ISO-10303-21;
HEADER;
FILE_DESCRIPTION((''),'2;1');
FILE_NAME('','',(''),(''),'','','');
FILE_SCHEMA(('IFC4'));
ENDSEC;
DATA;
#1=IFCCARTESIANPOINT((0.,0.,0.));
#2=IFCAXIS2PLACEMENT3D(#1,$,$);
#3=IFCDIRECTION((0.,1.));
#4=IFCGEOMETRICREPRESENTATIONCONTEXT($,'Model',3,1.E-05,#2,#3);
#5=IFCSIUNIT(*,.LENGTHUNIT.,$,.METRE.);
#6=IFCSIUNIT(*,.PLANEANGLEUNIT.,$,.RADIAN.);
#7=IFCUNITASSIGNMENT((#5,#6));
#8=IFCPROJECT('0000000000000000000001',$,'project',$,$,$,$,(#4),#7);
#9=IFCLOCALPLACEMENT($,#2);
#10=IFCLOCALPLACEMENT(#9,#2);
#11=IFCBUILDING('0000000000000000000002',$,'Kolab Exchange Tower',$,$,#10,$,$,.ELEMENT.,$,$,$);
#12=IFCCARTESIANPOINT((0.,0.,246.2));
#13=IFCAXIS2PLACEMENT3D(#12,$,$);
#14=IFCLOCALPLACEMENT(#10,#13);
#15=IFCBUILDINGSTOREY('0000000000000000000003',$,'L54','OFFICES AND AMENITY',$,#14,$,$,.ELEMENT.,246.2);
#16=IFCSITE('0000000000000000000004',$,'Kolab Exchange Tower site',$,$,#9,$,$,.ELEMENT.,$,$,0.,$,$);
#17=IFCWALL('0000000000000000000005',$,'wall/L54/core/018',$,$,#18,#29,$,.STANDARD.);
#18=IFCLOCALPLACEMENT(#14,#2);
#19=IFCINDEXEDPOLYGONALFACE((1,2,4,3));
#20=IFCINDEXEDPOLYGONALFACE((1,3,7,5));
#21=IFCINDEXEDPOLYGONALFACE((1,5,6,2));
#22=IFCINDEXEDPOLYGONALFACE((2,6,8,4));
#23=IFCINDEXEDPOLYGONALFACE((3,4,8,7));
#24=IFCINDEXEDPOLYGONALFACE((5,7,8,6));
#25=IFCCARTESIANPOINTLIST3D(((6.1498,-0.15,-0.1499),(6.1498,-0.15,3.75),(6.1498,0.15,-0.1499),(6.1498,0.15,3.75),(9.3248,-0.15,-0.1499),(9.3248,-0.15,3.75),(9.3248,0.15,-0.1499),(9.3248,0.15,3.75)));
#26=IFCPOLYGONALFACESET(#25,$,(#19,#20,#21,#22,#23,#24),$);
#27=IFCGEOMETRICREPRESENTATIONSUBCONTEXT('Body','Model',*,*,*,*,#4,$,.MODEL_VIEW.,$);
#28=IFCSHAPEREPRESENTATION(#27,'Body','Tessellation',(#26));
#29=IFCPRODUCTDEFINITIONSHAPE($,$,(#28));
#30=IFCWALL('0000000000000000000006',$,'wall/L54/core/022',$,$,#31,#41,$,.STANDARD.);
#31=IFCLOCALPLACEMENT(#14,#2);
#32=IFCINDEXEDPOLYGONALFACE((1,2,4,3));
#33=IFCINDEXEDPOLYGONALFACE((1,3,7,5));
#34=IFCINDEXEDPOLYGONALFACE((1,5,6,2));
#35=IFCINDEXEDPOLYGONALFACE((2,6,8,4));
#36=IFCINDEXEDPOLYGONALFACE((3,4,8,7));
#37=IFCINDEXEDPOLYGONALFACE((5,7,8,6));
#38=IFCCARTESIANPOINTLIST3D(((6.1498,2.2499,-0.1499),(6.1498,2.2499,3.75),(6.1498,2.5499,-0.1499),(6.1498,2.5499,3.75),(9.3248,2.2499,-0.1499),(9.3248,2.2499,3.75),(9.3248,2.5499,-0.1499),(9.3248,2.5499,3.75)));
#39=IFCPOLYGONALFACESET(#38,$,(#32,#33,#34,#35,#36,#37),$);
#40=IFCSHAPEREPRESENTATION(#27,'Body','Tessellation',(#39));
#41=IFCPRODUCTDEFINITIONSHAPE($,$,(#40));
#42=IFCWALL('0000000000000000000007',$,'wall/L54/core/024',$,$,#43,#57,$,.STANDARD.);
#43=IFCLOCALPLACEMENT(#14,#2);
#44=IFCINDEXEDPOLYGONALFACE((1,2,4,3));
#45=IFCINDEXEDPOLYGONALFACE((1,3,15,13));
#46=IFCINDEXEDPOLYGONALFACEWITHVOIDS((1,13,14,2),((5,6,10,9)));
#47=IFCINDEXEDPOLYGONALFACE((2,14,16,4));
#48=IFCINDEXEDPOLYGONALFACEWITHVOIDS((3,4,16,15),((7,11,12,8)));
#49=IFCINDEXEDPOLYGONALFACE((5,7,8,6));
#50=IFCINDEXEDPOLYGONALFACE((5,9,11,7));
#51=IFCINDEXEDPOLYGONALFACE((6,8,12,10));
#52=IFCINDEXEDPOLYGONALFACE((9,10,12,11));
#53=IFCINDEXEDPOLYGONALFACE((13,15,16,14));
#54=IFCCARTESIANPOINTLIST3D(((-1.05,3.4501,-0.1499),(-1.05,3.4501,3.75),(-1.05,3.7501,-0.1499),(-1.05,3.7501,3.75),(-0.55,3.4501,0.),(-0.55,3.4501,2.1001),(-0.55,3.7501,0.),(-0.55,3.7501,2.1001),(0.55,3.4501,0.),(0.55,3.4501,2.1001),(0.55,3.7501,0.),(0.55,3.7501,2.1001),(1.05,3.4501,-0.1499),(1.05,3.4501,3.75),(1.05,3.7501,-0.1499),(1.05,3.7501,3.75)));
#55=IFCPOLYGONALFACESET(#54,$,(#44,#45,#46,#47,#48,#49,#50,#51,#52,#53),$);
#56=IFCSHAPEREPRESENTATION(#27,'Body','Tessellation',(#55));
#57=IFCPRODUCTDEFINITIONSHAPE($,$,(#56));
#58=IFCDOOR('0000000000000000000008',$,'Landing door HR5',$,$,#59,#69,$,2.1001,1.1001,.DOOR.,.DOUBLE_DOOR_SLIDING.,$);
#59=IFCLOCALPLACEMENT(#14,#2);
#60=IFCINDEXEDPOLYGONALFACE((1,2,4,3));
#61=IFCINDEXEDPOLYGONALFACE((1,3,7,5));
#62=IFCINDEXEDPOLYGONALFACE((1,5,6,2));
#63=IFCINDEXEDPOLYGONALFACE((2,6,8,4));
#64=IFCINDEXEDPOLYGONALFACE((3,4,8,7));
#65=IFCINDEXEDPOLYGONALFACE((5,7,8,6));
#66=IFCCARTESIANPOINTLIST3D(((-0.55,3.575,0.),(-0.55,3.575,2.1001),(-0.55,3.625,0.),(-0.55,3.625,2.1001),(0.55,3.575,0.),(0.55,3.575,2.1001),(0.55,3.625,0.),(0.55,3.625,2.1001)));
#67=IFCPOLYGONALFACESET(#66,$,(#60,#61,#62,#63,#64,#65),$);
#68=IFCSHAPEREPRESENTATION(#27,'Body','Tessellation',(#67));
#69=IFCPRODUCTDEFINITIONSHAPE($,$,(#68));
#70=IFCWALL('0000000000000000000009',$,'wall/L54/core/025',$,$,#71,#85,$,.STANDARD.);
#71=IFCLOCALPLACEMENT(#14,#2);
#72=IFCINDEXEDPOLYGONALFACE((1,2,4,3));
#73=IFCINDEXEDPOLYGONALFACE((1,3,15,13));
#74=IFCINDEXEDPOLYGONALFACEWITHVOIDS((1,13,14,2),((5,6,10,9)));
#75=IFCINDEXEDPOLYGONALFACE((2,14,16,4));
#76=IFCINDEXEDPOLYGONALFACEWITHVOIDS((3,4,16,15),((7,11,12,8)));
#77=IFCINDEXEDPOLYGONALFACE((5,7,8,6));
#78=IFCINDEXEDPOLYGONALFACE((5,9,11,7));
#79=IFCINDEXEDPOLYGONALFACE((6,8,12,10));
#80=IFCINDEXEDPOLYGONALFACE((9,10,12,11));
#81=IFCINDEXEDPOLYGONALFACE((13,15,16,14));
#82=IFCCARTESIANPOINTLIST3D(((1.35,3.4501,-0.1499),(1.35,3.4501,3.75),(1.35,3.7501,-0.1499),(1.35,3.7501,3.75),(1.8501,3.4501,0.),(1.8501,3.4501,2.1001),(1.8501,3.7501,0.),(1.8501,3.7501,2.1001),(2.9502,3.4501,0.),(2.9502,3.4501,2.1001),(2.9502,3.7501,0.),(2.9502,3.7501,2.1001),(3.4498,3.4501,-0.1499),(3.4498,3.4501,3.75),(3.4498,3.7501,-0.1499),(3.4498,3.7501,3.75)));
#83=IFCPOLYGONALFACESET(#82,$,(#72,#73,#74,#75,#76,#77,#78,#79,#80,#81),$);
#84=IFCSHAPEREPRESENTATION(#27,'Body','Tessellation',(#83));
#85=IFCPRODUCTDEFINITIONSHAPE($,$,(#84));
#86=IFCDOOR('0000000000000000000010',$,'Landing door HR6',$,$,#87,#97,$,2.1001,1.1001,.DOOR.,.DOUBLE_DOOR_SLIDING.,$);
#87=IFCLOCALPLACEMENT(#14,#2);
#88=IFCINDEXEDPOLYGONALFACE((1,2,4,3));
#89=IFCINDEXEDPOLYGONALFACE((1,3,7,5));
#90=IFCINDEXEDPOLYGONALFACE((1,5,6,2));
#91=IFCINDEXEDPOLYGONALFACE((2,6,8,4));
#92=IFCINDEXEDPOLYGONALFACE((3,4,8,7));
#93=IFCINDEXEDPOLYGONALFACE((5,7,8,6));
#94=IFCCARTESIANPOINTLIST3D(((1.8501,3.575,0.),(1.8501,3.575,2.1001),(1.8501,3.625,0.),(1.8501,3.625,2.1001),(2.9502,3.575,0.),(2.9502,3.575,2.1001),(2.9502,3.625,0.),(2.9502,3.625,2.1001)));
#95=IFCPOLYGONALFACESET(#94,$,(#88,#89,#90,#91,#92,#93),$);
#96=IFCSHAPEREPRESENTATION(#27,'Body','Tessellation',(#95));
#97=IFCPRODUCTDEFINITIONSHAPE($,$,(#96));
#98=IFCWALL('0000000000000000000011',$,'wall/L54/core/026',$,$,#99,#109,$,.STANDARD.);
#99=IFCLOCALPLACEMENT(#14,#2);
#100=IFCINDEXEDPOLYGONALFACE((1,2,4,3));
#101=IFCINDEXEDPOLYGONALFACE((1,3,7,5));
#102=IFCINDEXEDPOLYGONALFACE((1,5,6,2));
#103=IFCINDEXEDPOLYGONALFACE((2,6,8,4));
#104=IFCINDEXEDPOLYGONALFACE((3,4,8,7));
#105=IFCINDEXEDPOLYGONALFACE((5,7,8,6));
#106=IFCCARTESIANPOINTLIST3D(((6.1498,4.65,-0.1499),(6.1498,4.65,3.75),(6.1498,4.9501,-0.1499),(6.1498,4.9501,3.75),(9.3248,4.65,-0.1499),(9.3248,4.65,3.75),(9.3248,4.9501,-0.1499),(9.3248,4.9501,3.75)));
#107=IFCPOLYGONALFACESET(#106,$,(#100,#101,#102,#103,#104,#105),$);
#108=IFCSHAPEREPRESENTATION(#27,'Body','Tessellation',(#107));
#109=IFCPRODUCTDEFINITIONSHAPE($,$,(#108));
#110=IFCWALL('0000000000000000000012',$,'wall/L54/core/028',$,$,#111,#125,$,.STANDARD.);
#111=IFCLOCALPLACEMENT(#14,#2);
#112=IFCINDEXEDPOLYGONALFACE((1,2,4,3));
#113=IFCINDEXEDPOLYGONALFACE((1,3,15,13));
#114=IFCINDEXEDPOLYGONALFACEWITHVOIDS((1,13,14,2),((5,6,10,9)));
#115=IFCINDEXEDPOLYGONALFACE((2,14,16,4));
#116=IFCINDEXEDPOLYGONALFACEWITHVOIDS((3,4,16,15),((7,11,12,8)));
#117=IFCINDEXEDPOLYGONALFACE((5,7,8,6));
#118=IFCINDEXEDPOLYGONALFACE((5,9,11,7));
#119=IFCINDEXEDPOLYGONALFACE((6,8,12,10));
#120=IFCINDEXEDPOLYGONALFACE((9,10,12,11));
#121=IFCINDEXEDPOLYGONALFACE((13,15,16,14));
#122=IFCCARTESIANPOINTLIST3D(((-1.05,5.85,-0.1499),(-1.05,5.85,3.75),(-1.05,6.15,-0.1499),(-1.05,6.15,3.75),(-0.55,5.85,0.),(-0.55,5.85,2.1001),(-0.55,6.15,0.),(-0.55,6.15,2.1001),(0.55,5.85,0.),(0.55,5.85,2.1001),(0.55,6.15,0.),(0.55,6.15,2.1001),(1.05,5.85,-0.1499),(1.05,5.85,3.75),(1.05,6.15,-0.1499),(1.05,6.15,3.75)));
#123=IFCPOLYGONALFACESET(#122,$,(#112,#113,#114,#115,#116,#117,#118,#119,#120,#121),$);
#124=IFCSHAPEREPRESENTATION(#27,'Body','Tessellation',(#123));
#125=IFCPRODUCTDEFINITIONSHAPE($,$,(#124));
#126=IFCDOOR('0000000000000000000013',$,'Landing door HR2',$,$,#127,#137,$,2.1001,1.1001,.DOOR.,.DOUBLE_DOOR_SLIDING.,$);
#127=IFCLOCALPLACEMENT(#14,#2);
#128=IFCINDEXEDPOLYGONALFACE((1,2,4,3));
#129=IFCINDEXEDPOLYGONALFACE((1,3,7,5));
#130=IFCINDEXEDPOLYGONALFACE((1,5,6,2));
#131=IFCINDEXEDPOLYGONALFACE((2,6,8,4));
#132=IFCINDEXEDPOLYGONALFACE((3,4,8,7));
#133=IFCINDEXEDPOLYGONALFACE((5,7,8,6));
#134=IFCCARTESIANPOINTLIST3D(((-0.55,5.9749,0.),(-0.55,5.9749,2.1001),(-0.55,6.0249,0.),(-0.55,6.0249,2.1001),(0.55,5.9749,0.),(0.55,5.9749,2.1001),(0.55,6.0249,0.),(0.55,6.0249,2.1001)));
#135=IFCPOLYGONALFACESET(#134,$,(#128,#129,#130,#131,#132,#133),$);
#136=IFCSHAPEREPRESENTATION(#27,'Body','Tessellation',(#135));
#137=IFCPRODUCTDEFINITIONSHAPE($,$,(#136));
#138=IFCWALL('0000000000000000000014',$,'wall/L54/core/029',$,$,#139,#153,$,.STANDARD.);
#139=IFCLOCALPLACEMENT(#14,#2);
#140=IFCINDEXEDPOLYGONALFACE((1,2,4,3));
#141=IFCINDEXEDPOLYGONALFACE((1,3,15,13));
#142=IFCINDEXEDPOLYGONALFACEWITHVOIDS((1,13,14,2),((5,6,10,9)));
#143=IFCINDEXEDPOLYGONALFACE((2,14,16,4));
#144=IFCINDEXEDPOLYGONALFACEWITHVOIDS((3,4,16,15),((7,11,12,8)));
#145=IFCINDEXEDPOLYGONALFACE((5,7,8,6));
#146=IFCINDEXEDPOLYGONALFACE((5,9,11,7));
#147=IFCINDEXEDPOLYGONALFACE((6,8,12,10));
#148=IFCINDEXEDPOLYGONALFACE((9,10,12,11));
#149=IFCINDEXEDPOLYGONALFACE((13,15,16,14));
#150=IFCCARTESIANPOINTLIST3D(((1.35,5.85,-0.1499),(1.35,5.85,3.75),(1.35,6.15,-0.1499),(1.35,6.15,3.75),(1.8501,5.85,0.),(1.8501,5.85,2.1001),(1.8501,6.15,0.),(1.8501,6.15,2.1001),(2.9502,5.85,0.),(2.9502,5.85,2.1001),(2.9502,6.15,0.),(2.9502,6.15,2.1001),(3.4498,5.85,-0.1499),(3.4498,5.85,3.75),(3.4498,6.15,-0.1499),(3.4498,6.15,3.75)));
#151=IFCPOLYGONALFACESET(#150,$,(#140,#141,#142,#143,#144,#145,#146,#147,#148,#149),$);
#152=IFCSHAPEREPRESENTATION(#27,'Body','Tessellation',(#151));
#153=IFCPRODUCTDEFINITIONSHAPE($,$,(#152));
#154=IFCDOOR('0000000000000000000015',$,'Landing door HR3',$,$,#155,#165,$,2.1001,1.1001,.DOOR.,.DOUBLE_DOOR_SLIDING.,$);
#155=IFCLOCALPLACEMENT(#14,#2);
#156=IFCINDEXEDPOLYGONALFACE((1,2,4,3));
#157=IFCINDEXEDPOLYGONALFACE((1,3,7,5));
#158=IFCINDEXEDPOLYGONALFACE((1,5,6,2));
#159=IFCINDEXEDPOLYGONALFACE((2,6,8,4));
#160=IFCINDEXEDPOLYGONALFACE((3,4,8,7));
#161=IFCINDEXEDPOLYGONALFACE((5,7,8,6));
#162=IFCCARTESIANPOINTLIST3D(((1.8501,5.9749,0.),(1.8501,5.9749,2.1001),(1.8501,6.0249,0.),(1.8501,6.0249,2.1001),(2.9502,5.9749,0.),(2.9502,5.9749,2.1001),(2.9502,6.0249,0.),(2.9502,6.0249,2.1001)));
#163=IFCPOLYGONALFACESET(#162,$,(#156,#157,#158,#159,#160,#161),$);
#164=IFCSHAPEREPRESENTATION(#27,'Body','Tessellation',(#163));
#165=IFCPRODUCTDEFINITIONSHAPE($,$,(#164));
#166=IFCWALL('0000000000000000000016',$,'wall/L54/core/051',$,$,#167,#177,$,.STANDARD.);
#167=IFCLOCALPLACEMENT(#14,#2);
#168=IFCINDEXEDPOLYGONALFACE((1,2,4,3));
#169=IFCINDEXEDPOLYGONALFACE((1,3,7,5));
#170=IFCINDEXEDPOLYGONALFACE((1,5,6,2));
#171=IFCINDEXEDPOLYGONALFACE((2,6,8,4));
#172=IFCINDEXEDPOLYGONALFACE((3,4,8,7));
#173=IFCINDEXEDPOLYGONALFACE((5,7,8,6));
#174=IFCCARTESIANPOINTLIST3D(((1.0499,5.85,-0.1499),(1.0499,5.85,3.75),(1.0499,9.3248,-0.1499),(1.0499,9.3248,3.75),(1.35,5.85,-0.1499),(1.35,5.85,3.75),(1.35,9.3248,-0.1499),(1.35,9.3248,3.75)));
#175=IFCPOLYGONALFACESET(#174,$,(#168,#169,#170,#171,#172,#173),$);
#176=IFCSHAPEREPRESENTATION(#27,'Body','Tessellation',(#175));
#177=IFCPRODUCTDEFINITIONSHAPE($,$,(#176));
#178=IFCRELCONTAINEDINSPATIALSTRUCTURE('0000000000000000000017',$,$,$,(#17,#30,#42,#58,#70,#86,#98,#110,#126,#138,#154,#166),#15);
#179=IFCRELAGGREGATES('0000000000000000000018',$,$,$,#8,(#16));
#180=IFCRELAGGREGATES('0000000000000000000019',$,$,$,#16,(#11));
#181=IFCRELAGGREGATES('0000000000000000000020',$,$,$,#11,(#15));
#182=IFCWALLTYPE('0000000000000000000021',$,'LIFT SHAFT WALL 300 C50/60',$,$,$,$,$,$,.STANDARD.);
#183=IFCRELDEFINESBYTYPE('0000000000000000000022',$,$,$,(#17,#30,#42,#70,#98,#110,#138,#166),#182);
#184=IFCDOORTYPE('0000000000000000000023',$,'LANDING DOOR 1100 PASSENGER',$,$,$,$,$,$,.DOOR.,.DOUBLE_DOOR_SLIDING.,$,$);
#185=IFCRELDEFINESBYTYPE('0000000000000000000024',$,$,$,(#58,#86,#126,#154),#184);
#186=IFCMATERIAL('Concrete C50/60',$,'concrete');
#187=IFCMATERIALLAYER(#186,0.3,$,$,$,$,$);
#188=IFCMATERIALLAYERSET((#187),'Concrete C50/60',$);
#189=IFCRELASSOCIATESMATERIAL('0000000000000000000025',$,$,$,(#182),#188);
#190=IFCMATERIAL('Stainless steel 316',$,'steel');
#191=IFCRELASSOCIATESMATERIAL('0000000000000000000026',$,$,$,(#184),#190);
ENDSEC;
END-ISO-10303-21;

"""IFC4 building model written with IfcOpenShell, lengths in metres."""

from ifc_helpers import new_model, si_unit, direction, frame, frame_2d, origin, place, context, subcontext, project, spatial, rectangle, extrude, material, layer, layer_set, type_object, element, fill, save


model = new_model("IFC4")

# Units and contexts
model_context = context("Model", 3, precision=1e-05, world=origin(), true_north=direction((0.0, 1.0)))
body_context = subcontext(model_context, "Body", "Model", "MODEL_VIEW")
ifc_project = project(units=[si_unit("LENGTHUNIT", "METRE"), si_unit("PLANEANGLEUNIT", "RADIAN")], contexts=[model_context])

# Site, building, storey
site_placement = place(None, origin())
site = spatial("IfcSite", under=ifc_project, at=site_placement, Name="Kolab Exchange Tower site", CompositionType="ELEMENT", RefElevation=0.0)
building_placement = place(site_placement, origin())
building = spatial("IfcBuilding", under=site, at=building_placement, Name="Kolab Exchange Tower", CompositionType="ELEMENT")
storey_placement = place(building_placement, frame((0.0, 0.0, 246.2)))
storey = spatial("IfcBuildingStorey", under=building, at=storey_placement, Name="L54", Description="OFFICES AND AMENITY", CompositionType="ELEMENT", Elevation=246.2)

# Shared definitions
ifc_material_1 = material(Name="Concrete C50/60", Category="concrete")

# Walls
ifc_layer_1 = layer(ifc_material_1, 0.3)
ifc_layer_set_1 = layer_set([ifc_layer_1], Name="Concrete C50/60")
wall_type = type_object("IfcWallType", Name="LIFT SHAFT WALL 300 C50/60", PredefinedType="STANDARD", material=ifc_layer_set_1)
for number, where, z_axis, x_axis, name in (
    (1, (6.1499, 0.0, -0.1499), (0.0, 0.0, 1.0), (1.0, 0.0, 0.0), "wall/L54/core/018"),
    (2, (6.1499, 2.3999, -0.1499), (0.0, 0.0, 1.0), (1.0, 0.0, 0.0), "wall/L54/core/022"),
):
    element("IfcWall", number, at=place(storey_placement, frame(where, z_axis=z_axis, x_axis=x_axis)), inside=storey, type_object=wall_type, Name=name, PredefinedType="STANDARD", context=body_context, shape_type="SweptSolid", body=[
        extrude(rectangle(XDim=3.175, YDim=0.3, at=frame_2d((1.5874, 0.0))), origin(), (0.0, 0.0, 1.0), 3.8999),
    ])

# Walls, openings, doors
wall_1_placement = place(storey_placement, frame((-1.05, 3.6001, -0.1499), z_axis=(0.0, 0.0, 1.0), x_axis=(1.0, 0.0, 0.0)))
wall_1 = element("IfcWall", 3, at=wall_1_placement, inside=storey, type_object=wall_type, Name="wall/L54/core/024", PredefinedType="STANDARD", context=body_context, shape_type="SweptSolid", body=[
    extrude(rectangle(XDim=2.1001, YDim=0.3, at=frame_2d((1.05, 0.0))), origin(), (0.0, 0.0, 1.0), 3.8999),
])
opening_1_placement = place(wall_1_placement, frame((0.5, 0.0, 0.1499)))
opening_1 = element("IfcOpeningElement", 4, at=opening_1_placement, cuts=wall_1, PredefinedType="OPENING", context=body_context, shape_type="SweptSolid", body=[
    extrude(rectangle(XDim=1.1001, YDim=2.1001, at=frame_2d((0.55, 1.05))), frame((0.0, 0.1602, 0.0), z_axis=(0.0, -1.0, 0.0), x_axis=(1.0, 0.0, 0.0)), (0.0, 0.0, 1.0), 0.3201),
])
ifc_material_2 = material(Name="Stainless steel 316", Category="steel")
door_type = type_object("IfcDoorType", Name="LANDING DOOR 1100 PASSENGER", OperationType="DOUBLE_DOOR_SLIDING", PredefinedType="DOOR", material=ifc_material_2)
door_1_placement = place(opening_1_placement, origin())
door_1 = element("IfcDoor", 5, at=door_1_placement, inside=storey, type_object=door_type, Name="Landing door HR5", OperationType="DOUBLE_DOOR_SLIDING", OverallHeight=2.1001, OverallWidth=1.1001, PredefinedType="DOOR", context=body_context, shape_type="SweptSolid", body=[
    extrude(rectangle(XDim=1.1001, YDim=2.1001, at=frame_2d((0.55, 1.05))), frame((0.0, 0.0249, 0.0), z_axis=(0.0, -1.0, 0.0), x_axis=(1.0, 0.0, 0.0)), (0.0, 0.0, 1.0), 0.05),
])
fill(opening_1, door_1)
wall_2_placement = place(storey_placement, frame((1.3501, 3.6001, -0.1499), z_axis=(0.0, 0.0, 1.0), x_axis=(1.0, 0.0, 0.0)))
wall_2 = element("IfcWall", 6, at=wall_2_placement, inside=storey, type_object=wall_type, Name="wall/L54/core/025", PredefinedType="STANDARD", context=body_context, shape_type="SweptSolid", body=[
    extrude(rectangle(XDim=2.0999, YDim=0.3, at=frame_2d((1.0498, 0.0))), origin(), (0.0, 0.0, 1.0), 3.8999),
])
opening_2_placement = place(wall_2_placement, frame((0.5, 0.0, 0.1499)))
opening_2 = element("IfcOpeningElement", 7, at=opening_2_placement, cuts=wall_2, PredefinedType="OPENING", context=body_context, shape_type="SweptSolid", body=[
    extrude(rectangle(XDim=1.1001, YDim=2.1001, at=frame_2d((0.55, 1.05))), frame((0.0, 0.1602, 0.0), z_axis=(0.0, -1.0, 0.0), x_axis=(1.0, 0.0, 0.0)), (0.0, 0.0, 1.0), 0.3201),
])
door_2_placement = place(opening_2_placement, origin())
door_2 = element("IfcDoor", 8, at=door_2_placement, inside=storey, type_object=door_type, Name="Landing door HR6", OperationType="DOUBLE_DOOR_SLIDING", OverallHeight=2.1001, OverallWidth=1.1001, PredefinedType="DOOR", context=body_context, shape_type="SweptSolid", body=[
    extrude(rectangle(XDim=1.1001, YDim=2.1001, at=frame_2d((0.55, 1.05))), frame((0.0, 0.0249, 0.0), z_axis=(0.0, -1.0, 0.0), x_axis=(1.0, 0.0, 0.0)), (0.0, 0.0, 1.0), 0.05),
])
fill(opening_2, door_2)

# Wall
wall_3_placement = place(storey_placement, frame((6.1499, 4.8, -0.1499), z_axis=(0.0, 0.0, 1.0), x_axis=(1.0, 0.0, 0.0)))
element("IfcWall", 9, at=wall_3_placement, inside=storey, type_object=wall_type, Name="wall/L54/core/026", PredefinedType="STANDARD", context=body_context, shape_type="SweptSolid", body=[
    extrude(rectangle(XDim=3.175, YDim=0.3, at=frame_2d((1.5874, 0.0))), origin(), (0.0, 0.0, 1.0), 3.8999),
])

# Walls, openings, doors
wall_4_placement = place(storey_placement, frame((-1.05, 6.0, -0.1499), z_axis=(0.0, 0.0, 1.0), x_axis=(1.0, 0.0, 0.0)))
wall_4 = element("IfcWall", 10, at=wall_4_placement, inside=storey, type_object=wall_type, Name="wall/L54/core/028", PredefinedType="STANDARD", context=body_context, shape_type="SweptSolid", body=[
    extrude(rectangle(XDim=2.1001, YDim=0.3, at=frame_2d((1.05, 0.0))), origin(), (0.0, 0.0, 1.0), 3.8999),
])
opening_3_placement = place(wall_4_placement, frame((0.5, 0.0, 0.1499)))
opening_3 = element("IfcOpeningElement", 11, at=opening_3_placement, cuts=wall_4, PredefinedType="OPENING", context=body_context, shape_type="SweptSolid", body=[
    extrude(rectangle(XDim=1.1001, YDim=2.1001, at=frame_2d((0.55, 1.05))), frame((0.0, 0.1602, 0.0), z_axis=(0.0, -1.0, 0.0), x_axis=(1.0, 0.0, 0.0)), (0.0, 0.0, 1.0), 0.3201),
])
door_3_placement = place(opening_3_placement, origin())
door_3 = element("IfcDoor", 12, at=door_3_placement, inside=storey, type_object=door_type, Name="Landing door HR2", OperationType="DOUBLE_DOOR_SLIDING", OverallHeight=2.1001, OverallWidth=1.1001, PredefinedType="DOOR", context=body_context, shape_type="SweptSolid", body=[
    extrude(rectangle(XDim=1.1001, YDim=2.1001, at=frame_2d((0.55, 1.05))), frame((0.0, 0.0249, 0.0), z_axis=(0.0, -1.0, 0.0), x_axis=(1.0, 0.0, 0.0)), (0.0, 0.0, 1.0), 0.05),
])
fill(opening_3, door_3)
wall_5_placement = place(storey_placement, frame((1.3501, 6.0, -0.1499), z_axis=(0.0, 0.0, 1.0), x_axis=(1.0, 0.0, 0.0)))
wall_5 = element("IfcWall", 13, at=wall_5_placement, inside=storey, type_object=wall_type, Name="wall/L54/core/029", PredefinedType="STANDARD", context=body_context, shape_type="SweptSolid", body=[
    extrude(rectangle(XDim=2.0999, YDim=0.3, at=frame_2d((1.0498, 0.0))), origin(), (0.0, 0.0, 1.0), 3.8999),
])
opening_4_placement = place(wall_5_placement, frame((0.5, 0.0, 0.1499)))
opening_4 = element("IfcOpeningElement", 14, at=opening_4_placement, cuts=wall_5, PredefinedType="OPENING", context=body_context, shape_type="SweptSolid", body=[
    extrude(rectangle(XDim=1.1001, YDim=2.1001, at=frame_2d((0.55, 1.05))), frame((0.0, 0.1602, 0.0), z_axis=(0.0, -1.0, 0.0), x_axis=(1.0, 0.0, 0.0)), (0.0, 0.0, 1.0), 0.3201),
])
door_4_placement = place(opening_4_placement, origin())
door_4 = element("IfcDoor", 15, at=door_4_placement, inside=storey, type_object=door_type, Name="Landing door HR3", OperationType="DOUBLE_DOOR_SLIDING", OverallHeight=2.1001, OverallWidth=1.1001, PredefinedType="DOOR", context=body_context, shape_type="SweptSolid", body=[
    extrude(rectangle(XDim=1.1001, YDim=2.1001, at=frame_2d((0.55, 1.05))), frame((0.0, 0.0249, 0.0), z_axis=(0.0, -1.0, 0.0), x_axis=(1.0, 0.0, 0.0)), (0.0, 0.0, 1.0), 0.05),
])
fill(opening_4, door_4)

# Wall
for number, where, z_axis, x_axis, name in (
    (16, (1.2, 5.8501, -0.1499), (0.0, 0.0, 1.0), (0.0, 1.0, 0.0), "wall/L54/core/051"),
):
    element("IfcWall", number, at=place(storey_placement, frame(where, z_axis=z_axis, x_axis=x_axis)), inside=storey, type_object=wall_type, Name=name, PredefinedType="STANDARD", context=body_context, shape_type="SweptSolid", body=[
        extrude(rectangle(XDim=3.4749, YDim=0.3, at=frame_2d((1.7373, 0.0))), origin(), (0.0, 0.0, 1.0), 3.8999),
    ])

save(model, "model.ifc")
